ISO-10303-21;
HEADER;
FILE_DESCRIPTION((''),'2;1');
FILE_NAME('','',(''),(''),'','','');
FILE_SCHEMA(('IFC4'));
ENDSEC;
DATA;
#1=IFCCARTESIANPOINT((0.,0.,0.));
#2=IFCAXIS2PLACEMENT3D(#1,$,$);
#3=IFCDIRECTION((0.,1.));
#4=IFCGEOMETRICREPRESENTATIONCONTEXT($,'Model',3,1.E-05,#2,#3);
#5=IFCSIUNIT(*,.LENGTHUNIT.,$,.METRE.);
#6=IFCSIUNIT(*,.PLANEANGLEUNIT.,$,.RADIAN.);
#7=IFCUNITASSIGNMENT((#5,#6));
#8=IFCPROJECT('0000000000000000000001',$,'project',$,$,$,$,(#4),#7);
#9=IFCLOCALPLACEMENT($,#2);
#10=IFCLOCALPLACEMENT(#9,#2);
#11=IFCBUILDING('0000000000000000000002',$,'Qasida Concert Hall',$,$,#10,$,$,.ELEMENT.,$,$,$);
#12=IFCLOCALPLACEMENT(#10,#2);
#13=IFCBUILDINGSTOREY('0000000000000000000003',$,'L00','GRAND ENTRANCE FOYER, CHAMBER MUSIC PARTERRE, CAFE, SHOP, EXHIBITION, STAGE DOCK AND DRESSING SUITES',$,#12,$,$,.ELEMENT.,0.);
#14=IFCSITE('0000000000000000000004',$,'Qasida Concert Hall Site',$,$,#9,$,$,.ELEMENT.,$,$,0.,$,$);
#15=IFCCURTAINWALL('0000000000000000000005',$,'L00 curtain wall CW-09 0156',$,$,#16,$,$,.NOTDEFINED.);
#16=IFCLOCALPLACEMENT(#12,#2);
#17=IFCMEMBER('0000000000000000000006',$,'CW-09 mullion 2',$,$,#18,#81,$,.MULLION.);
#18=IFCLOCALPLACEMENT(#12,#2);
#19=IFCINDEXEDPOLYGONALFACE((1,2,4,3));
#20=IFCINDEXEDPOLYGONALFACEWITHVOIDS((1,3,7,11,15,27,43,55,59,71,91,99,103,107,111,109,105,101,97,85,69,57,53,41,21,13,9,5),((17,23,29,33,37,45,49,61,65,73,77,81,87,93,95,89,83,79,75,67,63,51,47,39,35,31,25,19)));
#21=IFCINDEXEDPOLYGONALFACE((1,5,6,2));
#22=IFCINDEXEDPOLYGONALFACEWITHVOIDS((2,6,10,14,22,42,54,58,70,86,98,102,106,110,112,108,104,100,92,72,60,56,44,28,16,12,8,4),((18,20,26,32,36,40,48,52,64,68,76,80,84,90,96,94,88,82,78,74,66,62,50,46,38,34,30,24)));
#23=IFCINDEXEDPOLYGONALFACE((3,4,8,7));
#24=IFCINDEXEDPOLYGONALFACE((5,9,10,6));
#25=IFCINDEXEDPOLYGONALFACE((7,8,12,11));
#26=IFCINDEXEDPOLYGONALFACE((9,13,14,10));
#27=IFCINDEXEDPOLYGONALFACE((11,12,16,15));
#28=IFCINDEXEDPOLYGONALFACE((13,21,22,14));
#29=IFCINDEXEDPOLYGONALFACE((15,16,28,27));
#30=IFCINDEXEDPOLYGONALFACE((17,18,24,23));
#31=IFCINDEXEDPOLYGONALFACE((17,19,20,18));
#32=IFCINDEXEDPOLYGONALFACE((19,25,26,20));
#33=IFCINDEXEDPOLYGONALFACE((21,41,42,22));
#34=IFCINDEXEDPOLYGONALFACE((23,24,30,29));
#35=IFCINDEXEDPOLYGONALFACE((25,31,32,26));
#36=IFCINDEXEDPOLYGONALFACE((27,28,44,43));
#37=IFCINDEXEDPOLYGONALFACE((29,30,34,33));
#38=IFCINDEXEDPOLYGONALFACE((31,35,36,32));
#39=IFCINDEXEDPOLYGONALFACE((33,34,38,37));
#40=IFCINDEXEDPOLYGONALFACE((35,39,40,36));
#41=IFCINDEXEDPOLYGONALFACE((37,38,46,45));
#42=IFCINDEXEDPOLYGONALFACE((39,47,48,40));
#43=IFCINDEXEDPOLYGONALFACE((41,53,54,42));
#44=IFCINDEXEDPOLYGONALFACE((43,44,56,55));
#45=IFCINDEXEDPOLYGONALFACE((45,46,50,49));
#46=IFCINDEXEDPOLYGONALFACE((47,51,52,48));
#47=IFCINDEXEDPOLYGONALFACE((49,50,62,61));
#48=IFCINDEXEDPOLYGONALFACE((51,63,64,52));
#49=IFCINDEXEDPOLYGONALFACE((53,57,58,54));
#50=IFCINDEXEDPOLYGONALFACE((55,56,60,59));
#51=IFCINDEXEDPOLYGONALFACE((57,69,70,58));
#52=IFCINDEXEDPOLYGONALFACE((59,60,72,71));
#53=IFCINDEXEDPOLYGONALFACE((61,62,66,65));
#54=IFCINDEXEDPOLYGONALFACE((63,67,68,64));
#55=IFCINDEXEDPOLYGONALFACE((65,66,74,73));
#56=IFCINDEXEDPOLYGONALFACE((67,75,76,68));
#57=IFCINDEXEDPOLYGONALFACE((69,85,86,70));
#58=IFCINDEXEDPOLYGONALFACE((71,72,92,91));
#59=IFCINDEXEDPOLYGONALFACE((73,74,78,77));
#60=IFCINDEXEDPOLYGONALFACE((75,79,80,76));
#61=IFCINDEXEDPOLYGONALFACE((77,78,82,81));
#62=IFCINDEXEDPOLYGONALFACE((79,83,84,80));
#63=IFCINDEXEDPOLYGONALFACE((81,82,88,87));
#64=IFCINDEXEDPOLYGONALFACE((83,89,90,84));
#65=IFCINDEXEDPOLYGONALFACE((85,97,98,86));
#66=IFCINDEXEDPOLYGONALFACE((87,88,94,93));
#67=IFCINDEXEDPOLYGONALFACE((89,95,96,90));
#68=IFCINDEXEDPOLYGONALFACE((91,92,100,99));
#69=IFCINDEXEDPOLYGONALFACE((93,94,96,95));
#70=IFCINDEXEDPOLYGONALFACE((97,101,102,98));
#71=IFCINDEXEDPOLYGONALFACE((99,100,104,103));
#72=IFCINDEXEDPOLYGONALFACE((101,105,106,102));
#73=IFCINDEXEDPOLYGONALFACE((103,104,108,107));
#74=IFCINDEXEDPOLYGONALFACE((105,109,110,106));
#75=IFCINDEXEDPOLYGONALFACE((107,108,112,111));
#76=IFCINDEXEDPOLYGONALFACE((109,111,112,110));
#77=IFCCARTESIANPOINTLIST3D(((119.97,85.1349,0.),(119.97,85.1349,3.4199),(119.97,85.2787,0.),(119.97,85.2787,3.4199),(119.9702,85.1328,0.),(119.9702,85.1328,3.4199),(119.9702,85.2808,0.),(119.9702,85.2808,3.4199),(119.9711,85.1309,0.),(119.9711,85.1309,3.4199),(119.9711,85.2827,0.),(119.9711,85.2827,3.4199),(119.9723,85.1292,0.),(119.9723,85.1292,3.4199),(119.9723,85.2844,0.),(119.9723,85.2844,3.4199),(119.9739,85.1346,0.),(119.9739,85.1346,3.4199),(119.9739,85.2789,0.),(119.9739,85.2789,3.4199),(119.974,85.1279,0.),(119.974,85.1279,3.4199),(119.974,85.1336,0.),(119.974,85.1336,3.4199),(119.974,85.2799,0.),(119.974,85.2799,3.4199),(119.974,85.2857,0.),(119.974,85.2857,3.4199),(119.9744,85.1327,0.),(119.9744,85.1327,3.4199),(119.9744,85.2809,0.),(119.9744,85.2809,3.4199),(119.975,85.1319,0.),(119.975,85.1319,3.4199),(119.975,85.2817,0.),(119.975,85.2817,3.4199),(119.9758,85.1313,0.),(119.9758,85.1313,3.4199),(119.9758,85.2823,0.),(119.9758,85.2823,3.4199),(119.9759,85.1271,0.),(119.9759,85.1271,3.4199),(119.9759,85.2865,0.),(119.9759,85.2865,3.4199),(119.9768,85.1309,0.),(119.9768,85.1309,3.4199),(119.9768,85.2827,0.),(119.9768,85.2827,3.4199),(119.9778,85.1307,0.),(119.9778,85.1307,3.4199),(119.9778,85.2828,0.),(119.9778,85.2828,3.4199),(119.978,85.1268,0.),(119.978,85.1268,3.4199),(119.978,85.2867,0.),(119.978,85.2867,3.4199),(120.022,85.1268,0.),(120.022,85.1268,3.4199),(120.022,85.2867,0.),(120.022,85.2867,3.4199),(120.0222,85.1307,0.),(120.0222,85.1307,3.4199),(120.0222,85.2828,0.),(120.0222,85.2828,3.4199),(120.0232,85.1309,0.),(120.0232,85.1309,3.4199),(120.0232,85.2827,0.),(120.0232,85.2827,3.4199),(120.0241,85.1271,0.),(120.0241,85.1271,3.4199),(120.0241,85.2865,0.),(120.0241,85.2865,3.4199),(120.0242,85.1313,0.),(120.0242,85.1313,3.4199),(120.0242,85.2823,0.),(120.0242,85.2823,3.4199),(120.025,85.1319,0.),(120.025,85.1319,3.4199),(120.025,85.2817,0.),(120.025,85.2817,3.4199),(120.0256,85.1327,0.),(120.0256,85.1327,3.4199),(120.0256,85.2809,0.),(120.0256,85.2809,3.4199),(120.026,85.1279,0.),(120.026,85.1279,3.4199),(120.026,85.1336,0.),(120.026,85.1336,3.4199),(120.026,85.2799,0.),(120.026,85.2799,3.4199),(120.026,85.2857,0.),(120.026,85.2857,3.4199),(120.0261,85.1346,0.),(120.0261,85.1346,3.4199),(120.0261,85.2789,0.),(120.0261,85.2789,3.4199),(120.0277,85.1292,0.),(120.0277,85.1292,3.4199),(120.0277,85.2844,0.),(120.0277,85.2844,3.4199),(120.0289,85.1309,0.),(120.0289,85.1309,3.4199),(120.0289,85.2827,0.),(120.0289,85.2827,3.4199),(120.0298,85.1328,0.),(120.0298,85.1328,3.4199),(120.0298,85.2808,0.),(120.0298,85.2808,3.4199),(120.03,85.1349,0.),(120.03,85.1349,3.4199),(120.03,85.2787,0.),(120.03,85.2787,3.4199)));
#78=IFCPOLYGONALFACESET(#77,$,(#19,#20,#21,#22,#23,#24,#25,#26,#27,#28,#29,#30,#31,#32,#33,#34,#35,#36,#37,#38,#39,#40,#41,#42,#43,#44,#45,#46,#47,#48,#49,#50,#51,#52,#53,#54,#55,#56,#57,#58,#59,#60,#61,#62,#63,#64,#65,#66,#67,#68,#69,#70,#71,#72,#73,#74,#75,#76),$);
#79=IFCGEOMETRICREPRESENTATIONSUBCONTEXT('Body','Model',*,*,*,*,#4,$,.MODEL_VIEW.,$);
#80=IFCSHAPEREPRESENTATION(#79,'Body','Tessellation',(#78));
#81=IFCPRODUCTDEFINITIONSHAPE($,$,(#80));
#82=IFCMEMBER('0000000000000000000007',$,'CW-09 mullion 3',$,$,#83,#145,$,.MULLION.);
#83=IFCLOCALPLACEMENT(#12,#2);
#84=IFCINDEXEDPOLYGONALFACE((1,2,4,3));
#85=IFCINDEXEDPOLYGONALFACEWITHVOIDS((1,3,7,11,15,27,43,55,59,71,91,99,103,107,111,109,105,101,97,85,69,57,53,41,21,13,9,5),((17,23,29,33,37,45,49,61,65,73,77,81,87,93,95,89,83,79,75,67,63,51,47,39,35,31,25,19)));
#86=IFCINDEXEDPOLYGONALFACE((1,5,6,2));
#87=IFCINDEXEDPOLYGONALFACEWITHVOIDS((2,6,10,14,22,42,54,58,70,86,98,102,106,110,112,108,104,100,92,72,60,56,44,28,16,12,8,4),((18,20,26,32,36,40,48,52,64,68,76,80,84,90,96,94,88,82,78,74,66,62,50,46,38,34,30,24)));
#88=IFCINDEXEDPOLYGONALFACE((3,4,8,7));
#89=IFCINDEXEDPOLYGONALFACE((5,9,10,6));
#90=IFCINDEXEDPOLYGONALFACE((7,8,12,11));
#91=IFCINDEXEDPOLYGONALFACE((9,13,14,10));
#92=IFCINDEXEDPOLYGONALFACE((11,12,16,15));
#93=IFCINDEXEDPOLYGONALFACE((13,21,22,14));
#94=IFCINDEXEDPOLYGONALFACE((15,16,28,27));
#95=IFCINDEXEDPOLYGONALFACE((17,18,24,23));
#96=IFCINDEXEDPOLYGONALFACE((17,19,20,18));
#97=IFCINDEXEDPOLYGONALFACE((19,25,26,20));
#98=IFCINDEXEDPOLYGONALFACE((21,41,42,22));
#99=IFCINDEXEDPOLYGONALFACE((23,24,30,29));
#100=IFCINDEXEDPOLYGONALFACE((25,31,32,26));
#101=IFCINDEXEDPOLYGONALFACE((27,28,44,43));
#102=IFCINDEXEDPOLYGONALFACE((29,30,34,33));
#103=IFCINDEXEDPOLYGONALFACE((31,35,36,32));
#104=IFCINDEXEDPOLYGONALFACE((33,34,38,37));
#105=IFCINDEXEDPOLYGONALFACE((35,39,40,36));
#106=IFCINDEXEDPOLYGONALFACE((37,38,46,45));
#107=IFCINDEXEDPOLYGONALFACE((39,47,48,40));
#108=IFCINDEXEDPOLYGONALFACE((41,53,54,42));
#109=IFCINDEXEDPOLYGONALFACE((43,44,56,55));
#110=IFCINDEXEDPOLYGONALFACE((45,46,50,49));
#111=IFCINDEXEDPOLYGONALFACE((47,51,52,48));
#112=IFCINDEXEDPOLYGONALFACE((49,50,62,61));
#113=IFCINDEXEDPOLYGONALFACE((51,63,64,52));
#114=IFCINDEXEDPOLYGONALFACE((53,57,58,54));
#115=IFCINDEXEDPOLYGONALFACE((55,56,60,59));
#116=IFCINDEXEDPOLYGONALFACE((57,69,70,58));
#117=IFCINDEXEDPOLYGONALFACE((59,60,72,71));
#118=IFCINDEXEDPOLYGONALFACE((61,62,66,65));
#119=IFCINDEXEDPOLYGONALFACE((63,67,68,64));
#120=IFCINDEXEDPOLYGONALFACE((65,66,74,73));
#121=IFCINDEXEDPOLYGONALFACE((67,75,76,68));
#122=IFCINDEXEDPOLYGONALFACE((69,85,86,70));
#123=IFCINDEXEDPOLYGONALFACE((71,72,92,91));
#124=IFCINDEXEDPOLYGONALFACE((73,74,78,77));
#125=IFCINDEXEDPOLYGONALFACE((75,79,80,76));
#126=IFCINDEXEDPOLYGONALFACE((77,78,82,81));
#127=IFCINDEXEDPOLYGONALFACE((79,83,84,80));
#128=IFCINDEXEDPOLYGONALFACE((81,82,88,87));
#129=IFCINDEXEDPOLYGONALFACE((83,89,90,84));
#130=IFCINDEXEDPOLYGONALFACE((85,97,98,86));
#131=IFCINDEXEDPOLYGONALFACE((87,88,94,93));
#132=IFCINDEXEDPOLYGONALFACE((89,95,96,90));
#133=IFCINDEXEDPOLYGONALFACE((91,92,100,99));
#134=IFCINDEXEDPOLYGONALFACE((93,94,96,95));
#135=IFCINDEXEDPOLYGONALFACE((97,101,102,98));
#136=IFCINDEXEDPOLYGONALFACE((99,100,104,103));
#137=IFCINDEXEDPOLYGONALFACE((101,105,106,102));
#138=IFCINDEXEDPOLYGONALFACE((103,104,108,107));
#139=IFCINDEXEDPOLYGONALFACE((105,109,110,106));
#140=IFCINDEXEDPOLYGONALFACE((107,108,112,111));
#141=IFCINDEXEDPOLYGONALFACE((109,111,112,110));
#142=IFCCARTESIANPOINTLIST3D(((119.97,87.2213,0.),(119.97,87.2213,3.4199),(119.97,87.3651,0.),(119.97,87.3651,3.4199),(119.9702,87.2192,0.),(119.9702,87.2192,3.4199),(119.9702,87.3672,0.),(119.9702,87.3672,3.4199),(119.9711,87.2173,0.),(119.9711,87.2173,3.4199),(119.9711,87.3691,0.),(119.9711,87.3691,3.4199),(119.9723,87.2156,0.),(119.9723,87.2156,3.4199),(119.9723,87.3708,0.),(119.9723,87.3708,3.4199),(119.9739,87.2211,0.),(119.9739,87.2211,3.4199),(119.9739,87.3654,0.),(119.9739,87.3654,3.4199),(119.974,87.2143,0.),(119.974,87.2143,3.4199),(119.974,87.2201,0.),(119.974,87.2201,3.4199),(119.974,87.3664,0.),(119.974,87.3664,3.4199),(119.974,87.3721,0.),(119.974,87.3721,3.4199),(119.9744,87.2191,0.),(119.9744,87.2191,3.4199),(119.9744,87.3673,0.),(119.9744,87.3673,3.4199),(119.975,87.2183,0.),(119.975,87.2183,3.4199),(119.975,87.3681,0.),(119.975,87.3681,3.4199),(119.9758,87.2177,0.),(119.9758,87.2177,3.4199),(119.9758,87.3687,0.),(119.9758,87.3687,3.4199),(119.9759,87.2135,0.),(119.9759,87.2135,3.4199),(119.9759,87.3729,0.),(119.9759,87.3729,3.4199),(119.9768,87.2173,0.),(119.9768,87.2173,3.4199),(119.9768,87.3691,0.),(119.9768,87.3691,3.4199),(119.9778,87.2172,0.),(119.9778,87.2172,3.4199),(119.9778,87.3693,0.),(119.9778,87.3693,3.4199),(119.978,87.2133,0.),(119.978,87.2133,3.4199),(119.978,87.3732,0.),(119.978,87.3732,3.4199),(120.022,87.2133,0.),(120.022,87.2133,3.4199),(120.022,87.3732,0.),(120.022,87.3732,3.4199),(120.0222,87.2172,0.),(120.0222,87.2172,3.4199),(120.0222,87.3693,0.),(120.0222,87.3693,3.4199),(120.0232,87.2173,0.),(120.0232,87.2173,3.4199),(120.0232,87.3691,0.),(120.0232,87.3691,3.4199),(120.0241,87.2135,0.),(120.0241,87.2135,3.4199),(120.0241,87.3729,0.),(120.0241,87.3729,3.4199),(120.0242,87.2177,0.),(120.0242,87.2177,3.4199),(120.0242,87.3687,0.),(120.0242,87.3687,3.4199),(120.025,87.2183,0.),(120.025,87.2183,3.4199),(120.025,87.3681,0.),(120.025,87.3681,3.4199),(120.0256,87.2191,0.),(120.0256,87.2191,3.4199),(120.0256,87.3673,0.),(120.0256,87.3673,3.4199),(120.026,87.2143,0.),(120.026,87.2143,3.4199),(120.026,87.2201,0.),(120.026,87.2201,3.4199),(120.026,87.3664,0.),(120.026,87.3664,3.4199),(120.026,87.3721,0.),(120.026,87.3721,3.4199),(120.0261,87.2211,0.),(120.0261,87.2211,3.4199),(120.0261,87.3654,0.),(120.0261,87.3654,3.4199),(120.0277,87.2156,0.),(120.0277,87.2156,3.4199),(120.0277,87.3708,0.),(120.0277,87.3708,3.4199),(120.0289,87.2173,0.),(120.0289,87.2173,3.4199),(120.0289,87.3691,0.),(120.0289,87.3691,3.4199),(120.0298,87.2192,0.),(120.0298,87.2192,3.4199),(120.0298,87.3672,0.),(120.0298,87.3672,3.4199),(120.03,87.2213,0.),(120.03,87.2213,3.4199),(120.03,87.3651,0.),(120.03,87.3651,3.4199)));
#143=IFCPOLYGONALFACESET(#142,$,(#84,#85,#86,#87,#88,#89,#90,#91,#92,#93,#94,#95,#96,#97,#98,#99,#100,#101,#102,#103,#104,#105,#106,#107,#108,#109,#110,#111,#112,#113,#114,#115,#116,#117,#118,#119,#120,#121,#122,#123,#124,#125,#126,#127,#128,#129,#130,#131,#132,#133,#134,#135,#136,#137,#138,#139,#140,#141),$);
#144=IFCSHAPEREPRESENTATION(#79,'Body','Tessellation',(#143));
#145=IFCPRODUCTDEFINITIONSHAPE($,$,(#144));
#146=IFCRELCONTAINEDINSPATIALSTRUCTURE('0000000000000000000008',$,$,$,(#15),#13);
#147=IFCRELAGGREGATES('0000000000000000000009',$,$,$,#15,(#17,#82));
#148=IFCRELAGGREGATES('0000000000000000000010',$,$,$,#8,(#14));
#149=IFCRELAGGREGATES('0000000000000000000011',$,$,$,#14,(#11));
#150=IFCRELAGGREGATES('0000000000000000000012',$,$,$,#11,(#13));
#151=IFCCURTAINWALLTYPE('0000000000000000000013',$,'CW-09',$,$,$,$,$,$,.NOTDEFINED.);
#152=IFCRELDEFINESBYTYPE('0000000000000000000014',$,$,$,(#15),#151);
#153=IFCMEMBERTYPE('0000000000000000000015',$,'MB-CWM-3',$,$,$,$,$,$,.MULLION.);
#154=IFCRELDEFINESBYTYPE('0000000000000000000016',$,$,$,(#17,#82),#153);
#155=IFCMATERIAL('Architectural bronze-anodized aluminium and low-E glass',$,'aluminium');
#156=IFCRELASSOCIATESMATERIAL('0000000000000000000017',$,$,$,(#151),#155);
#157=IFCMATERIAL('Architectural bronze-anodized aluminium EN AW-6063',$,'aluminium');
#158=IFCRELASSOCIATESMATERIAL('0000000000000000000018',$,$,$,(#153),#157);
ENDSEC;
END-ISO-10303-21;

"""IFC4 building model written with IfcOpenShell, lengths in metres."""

from ifc_helpers import new_model, si_unit, direction, frame, origin, origin_2d, place, context, subcontext, project, spatial, hollow_rectangle, extrude, material, material_profile, profile_set, type_object, element, aggregate, save


model = new_model("IFC4")

# Units and contexts
model_context = context("Model", 3, precision=1e-05, world=origin(), true_north=direction((0.0, 1.0)))
body_context = subcontext(model_context, "Body", "Model", "MODEL_VIEW")
ifc_project = project(units=[si_unit("LENGTHUNIT", "METRE"), si_unit("PLANEANGLEUNIT", "RADIAN")], contexts=[model_context])

# Site, building, storey
site_placement = place(None, origin())
site = spatial("IfcSite", under=ifc_project, at=site_placement, Name="Qasida Concert Hall Site", CompositionType="ELEMENT", RefElevation=0.0)
building_placement = place(site_placement, origin())
building = spatial("IfcBuilding", under=site, at=building_placement, Name="Qasida Concert Hall", CompositionType="ELEMENT")
storey_placement = place(building_placement, origin())
storey = spatial("IfcBuildingStorey", under=building, at=storey_placement, Name="L00", Description="GRAND ENTRANCE FOYER, CHAMBER MUSIC PARTERRE, CAFE, SHOP, EXHIBITION, STAGE DOCK AND DRESSING SUITES", CompositionType="ELEMENT", Elevation=0.0)

# Curtain wall, members
ifc_material_1 = material(Name="Architectural bronze-anodized aluminium and low-E glass", Category="aluminium")
curtain_wall_type = type_object("IfcCurtainWallType", Name="CW-09", PredefinedType="NOTDEFINED", material=ifc_material_1)
curtain_wall_placement = place(storey_placement, origin())
curtain_wall = element("IfcCurtainWall", 1, at=curtain_wall_placement, inside=storey, type_object=curtain_wall_type, Name="L00 curtain wall CW-09 0156", PredefinedType="NOTDEFINED")
ifc_material_2 = material(Name="Architectural bronze-anodized aluminium EN AW-6063", Category="aluminium")
ifc_material_profile_1 = material_profile(ifc_material_2, hollow_rectangle(XDim=0.0601, YDim=0.1599, WallThickness=0.0039, InnerFilletRadius=0.0039, OuterFilletRadius=0.0081, at=origin_2d()), Name="CWM 160x60x4")
ifc_profile_set_1 = profile_set([ifc_material_profile_1], Name="Architectural bronze-anodized aluminium EN AW-6063")
member_type_1 = type_object("IfcMemberType", Name="MB-CWM-3", PredefinedType="MULLION", material=ifc_profile_set_1)
member_1_placement = place(storey_placement, frame((120.0, 85.2068, 0.0), z_axis=(0.0, 0.0, 1.0), x_axis=(-1.0, 0.0, 0.0)))
member_1 = element("IfcMember", 2, at=member_1_placement, type_object=member_type_1, Name="CW-09 mullion 2", PredefinedType="MULLION", context=body_context, shape_type="SweptSolid", body=[
    extrude(hollow_rectangle(XDim=0.0601, YDim=0.1599, WallThickness=0.0039, InnerFilletRadius=0.0039, OuterFilletRadius=0.0081, at=origin_2d()), origin(), (0.0, 0.0, 1.0), 3.4199),
])
member_2_placement = place(storey_placement, frame((120.0, 87.2932, 0.0), z_axis=(0.0, 0.0, 1.0), x_axis=(-1.0, 0.0, 0.0)))
member_2 = element("IfcMember", 3, at=member_2_placement, type_object=member_type_1, Name="CW-09 mullion 3", PredefinedType="MULLION", context=body_context, shape_type="SweptSolid", body=[
    extrude(hollow_rectangle(XDim=0.0601, YDim=0.1599, WallThickness=0.0039, InnerFilletRadius=0.0039, OuterFilletRadius=0.0081, at=origin_2d()), origin(), (0.0, 0.0, 1.0), 3.4199),
])
aggregate(curtain_wall, [member_1, member_2])

save(model, "model.ifc")
